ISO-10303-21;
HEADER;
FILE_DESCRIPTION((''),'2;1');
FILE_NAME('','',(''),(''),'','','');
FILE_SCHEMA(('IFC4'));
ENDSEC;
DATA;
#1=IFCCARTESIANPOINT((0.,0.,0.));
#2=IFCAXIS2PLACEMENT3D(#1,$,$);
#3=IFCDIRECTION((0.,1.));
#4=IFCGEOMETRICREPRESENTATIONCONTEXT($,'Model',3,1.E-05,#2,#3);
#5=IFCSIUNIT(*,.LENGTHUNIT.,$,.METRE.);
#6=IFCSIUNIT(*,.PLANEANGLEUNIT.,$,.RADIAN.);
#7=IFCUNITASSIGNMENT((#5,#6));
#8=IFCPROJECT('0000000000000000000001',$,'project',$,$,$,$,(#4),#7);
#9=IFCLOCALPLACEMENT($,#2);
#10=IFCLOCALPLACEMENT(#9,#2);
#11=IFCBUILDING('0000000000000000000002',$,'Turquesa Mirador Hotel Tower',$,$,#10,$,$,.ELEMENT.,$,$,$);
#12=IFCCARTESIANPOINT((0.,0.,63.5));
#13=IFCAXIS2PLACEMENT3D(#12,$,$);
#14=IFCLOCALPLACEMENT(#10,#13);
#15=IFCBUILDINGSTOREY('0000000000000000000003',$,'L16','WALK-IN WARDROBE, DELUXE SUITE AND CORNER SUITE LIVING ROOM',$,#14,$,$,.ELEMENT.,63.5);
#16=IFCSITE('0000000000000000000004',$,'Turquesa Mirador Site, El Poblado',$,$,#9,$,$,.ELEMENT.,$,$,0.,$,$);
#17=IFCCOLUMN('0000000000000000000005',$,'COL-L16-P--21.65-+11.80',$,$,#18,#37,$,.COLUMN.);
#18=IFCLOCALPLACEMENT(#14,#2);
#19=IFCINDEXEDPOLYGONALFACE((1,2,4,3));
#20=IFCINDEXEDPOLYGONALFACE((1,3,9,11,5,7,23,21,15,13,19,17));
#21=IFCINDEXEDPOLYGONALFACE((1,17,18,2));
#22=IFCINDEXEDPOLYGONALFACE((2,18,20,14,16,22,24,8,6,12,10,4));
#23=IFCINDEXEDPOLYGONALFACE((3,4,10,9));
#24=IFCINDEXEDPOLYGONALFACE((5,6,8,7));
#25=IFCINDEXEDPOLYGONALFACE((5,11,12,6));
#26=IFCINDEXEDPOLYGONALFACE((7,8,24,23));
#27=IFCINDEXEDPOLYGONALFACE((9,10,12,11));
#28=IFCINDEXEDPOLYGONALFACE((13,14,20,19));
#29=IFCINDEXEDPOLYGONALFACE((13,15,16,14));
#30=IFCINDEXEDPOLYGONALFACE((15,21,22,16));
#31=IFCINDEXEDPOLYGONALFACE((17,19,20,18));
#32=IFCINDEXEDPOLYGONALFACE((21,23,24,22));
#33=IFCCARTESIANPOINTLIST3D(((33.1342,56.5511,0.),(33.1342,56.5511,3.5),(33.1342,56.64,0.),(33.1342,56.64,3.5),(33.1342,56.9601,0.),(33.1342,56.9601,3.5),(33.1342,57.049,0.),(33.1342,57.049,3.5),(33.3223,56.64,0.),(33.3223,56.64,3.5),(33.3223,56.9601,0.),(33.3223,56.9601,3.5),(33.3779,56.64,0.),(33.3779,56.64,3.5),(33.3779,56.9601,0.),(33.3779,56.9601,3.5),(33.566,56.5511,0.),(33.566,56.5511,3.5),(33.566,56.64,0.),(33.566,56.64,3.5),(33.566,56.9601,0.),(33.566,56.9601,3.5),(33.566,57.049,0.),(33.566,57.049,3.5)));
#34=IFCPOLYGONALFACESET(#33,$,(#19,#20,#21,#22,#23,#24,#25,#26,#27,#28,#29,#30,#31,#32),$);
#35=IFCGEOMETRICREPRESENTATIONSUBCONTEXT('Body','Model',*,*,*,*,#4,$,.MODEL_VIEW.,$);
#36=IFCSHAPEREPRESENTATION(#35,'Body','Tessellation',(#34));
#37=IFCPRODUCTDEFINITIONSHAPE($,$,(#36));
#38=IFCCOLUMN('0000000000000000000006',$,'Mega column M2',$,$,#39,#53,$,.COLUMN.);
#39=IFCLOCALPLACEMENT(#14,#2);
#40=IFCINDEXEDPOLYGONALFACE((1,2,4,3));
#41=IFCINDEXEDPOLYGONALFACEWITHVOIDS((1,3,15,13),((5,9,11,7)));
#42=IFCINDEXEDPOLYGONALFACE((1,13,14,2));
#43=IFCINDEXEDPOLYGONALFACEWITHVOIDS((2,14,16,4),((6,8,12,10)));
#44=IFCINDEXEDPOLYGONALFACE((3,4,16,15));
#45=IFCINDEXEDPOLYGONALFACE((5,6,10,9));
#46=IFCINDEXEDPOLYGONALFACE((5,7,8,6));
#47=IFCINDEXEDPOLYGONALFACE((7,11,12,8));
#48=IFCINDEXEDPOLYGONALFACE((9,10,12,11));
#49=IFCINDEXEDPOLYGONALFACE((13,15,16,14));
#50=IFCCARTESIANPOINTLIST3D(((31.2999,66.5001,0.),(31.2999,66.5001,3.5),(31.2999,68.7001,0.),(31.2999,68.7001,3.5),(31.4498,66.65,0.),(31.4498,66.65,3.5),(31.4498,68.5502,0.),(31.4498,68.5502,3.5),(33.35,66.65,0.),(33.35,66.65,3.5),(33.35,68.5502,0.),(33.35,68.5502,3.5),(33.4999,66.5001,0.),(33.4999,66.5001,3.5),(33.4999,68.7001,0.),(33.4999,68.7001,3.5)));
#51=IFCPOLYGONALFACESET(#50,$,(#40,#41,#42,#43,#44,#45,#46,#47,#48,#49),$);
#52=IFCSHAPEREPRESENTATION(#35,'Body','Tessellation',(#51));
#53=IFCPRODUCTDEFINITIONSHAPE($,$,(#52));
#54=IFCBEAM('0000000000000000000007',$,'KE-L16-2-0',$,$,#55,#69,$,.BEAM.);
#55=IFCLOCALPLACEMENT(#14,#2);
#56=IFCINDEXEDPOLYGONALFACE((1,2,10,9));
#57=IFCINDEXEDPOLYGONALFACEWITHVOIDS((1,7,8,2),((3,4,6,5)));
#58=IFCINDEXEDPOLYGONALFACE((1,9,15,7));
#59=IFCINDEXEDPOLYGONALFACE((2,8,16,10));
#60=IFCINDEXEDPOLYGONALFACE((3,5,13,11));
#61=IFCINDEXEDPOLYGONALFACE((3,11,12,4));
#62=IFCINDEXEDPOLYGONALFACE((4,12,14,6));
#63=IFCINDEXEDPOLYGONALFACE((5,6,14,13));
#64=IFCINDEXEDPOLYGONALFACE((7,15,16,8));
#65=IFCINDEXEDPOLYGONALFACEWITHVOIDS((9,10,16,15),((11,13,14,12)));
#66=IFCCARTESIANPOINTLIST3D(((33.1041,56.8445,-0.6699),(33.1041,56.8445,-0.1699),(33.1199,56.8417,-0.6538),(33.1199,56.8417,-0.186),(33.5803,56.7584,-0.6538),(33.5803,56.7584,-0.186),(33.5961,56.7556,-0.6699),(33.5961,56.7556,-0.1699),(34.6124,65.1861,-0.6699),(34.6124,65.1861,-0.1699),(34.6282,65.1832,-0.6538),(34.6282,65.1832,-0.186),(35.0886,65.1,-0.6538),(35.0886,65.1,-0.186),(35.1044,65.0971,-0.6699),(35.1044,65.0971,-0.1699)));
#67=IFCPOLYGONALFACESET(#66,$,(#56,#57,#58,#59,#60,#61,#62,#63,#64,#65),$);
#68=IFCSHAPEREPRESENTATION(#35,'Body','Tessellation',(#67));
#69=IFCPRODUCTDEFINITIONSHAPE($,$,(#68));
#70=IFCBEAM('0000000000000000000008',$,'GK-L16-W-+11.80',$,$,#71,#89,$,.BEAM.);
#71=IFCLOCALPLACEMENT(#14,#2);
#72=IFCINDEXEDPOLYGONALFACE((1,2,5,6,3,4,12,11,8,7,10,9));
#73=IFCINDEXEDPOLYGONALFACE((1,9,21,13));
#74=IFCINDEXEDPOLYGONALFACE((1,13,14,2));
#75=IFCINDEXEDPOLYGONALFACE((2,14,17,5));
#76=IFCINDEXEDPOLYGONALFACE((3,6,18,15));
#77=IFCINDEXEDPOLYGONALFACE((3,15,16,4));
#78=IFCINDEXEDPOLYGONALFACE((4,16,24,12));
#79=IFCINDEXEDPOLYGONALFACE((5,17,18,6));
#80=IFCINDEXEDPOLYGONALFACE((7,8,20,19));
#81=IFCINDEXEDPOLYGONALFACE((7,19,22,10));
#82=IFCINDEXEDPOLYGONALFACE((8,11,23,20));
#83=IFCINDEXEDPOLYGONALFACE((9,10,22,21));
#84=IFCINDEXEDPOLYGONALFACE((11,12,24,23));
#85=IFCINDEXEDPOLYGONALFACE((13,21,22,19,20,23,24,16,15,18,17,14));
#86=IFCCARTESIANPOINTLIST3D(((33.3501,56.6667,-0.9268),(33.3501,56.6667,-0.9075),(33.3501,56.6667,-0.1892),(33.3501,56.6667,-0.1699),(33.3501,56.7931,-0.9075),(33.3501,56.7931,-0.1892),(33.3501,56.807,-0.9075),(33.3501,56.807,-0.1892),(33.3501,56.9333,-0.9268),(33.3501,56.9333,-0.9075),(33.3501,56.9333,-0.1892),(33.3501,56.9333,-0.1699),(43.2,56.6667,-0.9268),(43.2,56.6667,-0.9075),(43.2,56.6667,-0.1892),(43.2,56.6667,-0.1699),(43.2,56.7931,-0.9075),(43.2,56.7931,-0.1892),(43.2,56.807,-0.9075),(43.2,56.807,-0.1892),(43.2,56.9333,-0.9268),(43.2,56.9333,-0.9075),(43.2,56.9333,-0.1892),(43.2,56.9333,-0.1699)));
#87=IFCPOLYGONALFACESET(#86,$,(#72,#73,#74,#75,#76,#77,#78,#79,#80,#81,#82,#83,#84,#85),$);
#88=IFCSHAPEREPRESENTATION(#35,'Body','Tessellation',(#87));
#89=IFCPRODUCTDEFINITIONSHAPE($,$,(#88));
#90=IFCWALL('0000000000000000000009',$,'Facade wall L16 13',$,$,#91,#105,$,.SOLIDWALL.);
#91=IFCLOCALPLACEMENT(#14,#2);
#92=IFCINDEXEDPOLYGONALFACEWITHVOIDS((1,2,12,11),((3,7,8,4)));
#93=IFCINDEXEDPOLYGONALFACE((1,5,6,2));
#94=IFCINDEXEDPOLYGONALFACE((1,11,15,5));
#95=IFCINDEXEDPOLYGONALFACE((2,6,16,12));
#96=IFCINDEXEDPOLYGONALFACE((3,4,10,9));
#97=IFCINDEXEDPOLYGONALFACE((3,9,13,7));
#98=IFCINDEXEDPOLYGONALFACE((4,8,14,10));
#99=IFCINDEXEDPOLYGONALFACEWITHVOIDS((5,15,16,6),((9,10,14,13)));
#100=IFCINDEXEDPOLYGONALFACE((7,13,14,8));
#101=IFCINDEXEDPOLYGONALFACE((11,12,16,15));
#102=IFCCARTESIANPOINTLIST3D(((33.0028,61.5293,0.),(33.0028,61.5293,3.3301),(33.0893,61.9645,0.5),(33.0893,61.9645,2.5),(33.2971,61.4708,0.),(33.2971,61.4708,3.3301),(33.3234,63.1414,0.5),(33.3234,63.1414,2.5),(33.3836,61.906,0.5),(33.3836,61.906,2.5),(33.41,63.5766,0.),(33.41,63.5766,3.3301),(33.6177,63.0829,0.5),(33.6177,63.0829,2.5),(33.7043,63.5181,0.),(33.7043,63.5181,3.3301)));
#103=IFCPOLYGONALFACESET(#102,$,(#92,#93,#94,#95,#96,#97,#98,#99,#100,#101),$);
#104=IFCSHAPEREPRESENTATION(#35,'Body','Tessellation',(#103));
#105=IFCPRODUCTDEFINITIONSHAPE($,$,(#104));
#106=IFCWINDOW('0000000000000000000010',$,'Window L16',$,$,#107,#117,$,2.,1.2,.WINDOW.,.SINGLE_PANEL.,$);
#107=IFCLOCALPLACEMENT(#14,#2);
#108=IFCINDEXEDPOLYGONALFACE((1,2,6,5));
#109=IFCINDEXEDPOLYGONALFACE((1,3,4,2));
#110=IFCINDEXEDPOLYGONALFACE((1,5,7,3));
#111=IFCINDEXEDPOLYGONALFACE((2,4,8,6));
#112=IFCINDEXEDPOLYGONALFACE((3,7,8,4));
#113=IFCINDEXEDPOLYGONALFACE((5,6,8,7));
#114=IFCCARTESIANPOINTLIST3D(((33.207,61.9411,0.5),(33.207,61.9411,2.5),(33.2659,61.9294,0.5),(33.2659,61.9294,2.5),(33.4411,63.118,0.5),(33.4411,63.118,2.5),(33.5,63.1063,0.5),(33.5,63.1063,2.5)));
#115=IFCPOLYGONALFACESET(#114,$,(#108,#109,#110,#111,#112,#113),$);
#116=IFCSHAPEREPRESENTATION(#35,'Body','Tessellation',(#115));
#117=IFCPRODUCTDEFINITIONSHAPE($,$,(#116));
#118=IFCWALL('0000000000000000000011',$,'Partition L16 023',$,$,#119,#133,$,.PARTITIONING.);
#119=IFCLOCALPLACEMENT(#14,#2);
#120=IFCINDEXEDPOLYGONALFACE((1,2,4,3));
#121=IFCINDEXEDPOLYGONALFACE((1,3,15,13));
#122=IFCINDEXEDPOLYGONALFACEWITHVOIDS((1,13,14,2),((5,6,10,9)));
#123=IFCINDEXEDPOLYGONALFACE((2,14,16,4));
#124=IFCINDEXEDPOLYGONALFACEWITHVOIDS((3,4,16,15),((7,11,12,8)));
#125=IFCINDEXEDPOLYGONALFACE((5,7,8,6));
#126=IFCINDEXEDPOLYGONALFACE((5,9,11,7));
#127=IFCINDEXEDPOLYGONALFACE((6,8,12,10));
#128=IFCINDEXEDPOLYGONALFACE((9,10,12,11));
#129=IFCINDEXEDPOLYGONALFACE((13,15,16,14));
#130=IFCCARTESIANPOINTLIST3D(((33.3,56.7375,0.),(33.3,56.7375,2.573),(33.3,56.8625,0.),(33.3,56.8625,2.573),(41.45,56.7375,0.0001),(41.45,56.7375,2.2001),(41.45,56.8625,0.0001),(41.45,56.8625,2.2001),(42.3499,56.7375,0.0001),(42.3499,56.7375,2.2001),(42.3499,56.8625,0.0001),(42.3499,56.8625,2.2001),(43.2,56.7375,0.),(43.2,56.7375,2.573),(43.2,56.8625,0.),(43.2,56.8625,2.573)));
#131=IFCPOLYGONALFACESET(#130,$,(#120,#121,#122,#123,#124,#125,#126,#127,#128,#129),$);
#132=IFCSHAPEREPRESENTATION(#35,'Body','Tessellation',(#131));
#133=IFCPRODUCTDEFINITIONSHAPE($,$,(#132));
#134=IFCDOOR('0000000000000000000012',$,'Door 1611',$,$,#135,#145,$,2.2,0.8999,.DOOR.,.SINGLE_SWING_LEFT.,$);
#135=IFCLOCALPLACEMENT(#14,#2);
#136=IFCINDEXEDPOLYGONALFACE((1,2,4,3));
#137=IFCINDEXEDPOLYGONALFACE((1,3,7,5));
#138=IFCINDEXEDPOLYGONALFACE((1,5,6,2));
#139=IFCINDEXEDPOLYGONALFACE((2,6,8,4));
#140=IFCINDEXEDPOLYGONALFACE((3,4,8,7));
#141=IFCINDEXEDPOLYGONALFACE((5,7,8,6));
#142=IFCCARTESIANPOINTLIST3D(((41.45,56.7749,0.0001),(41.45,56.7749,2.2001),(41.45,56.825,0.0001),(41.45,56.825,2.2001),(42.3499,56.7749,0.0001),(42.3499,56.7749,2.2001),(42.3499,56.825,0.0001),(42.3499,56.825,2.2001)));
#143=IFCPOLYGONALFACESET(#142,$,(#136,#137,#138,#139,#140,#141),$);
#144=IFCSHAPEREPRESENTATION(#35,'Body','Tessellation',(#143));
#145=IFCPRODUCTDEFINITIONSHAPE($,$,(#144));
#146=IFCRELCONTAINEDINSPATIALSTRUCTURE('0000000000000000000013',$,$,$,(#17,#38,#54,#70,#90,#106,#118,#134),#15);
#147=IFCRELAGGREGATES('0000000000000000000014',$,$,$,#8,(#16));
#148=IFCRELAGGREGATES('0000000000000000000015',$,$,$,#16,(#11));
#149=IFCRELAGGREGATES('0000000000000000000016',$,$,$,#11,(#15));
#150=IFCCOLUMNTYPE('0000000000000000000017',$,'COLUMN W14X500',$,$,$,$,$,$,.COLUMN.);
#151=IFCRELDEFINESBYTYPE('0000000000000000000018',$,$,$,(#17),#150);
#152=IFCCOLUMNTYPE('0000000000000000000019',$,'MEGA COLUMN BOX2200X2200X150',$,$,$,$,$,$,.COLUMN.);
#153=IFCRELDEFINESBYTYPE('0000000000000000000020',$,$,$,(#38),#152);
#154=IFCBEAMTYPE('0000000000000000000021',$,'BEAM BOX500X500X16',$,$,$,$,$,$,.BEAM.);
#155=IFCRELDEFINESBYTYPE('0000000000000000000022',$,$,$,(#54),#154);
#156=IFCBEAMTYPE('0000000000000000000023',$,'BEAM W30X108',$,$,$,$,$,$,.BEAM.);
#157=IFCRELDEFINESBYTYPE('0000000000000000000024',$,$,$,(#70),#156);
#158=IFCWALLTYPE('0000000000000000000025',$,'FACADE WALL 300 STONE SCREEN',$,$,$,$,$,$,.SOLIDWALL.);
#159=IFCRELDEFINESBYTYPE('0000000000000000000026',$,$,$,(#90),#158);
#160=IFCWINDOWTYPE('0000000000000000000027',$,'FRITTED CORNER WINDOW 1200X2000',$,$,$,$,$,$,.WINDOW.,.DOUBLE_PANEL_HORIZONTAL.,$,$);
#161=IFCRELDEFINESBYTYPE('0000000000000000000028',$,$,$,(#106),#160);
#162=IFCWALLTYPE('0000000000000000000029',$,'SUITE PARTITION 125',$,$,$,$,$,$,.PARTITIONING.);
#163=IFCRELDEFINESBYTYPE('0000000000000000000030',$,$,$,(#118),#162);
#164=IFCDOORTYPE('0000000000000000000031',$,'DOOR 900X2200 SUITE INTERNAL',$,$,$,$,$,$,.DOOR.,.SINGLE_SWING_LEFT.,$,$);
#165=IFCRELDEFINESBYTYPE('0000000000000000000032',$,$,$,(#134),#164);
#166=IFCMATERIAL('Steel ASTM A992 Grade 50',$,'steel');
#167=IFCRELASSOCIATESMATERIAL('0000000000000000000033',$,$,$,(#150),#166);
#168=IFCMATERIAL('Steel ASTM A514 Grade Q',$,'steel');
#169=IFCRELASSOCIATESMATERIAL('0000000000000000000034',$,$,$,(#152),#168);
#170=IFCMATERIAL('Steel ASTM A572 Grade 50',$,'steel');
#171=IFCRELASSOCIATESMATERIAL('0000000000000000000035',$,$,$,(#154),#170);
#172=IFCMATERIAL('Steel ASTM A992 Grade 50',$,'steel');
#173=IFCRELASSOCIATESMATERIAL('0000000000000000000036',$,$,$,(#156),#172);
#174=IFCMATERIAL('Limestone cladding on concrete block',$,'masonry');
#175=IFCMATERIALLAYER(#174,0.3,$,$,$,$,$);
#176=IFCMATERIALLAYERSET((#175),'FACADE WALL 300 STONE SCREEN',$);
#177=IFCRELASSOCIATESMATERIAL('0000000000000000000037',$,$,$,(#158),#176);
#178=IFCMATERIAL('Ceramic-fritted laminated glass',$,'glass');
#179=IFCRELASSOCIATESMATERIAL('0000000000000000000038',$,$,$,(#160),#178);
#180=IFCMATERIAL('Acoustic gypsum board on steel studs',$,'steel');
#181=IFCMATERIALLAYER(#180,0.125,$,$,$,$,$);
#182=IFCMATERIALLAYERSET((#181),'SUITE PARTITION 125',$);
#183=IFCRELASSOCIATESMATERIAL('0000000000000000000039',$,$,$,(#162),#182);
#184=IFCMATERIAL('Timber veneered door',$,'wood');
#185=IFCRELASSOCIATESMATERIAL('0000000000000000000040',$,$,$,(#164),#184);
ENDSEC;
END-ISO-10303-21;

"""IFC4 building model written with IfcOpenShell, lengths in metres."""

from ifc_helpers import new_model, si_unit, direction, frame, frame_2d, origin, origin_2d, place, context, subcontext, project, spatial, rectangle, hollow_rectangle, i_section, extrude, material, layer, layer_set, material_profile, profile_set, type_object, element, fill, save


model = new_model("IFC4")

# Units and contexts
model_context = context("Model", 3, precision=1e-05, world=origin(), true_north=direction((0.0, 1.0)))
body_context = subcontext(model_context, "Body", "Model", "MODEL_VIEW")
ifc_project = project(units=[si_unit("LENGTHUNIT", "METRE"), si_unit("PLANEANGLEUNIT", "RADIAN")], contexts=[model_context])

# Site, building, storey
site_placement = place(None, origin())
site = spatial("IfcSite", under=ifc_project, at=site_placement, Name="Turquesa Mirador Site, El Poblado", CompositionType="ELEMENT", RefElevation=0.0)
building_placement = place(site_placement, origin())
building = spatial("IfcBuilding", under=site, at=building_placement, Name="Turquesa Mirador Hotel Tower", CompositionType="ELEMENT")
storey_placement = place(building_placement, frame((0.0, 0.0, 63.5)))
storey = spatial("IfcBuildingStorey", under=building, at=storey_placement, Name="L16", Description="WALK-IN WARDROBE, DELUXE SUITE AND CORNER SUITE LIVING ROOM", CompositionType="ELEMENT", Elevation=63.5)

# Columns
ifc_material_1 = material(Name="Steel ASTM A992 Grade 50", Category="steel")
ifc_material_profile_1 = material_profile(ifc_material_1, i_section(OverallWidth=0.4319, OverallDepth=0.4978, WebThickness=0.0557, FlangeThickness=0.0889, at=origin_2d()), Name="W14X500")
ifc_profile_set_1 = profile_set([ifc_material_profile_1], Name="Steel ASTM A992 Grade 50")
column_type_1 = type_object("IfcColumnType", Name="COLUMN W14X500", PredefinedType="COLUMN", material=ifc_profile_set_1)
column_1_placement = place(storey_placement, frame((33.3501, 56.8, 0.0), z_axis=(0.0, 0.0, 1.0), x_axis=(1.0, 0.0, 0.0)))
element("IfcColumn", 1, at=column_1_placement, inside=storey, type_object=column_type_1, Name="COL-L16-P--21.65-+11.80", PredefinedType="COLUMN", context=body_context, shape_type="SweptSolid", body=[
    extrude(i_section(OverallWidth=0.4319, OverallDepth=0.4978, WebThickness=0.0557, FlangeThickness=0.0889, at=origin_2d()), origin(), (0.0, 0.0, 1.0), 3.5),
])
ifc_material_2 = material(Name="Steel ASTM A514 Grade Q", Category="steel")
ifc_material_profile_2 = material_profile(ifc_material_2, hollow_rectangle(XDim=2.2, YDim=2.2, WallThickness=0.1499, at=origin_2d()), Name="BOX2200X2200X150")
ifc_profile_set_2 = profile_set([ifc_material_profile_2], Name="Steel ASTM A514 Grade Q")
column_type_2 = type_object("IfcColumnType", Name="MEGA COLUMN BOX2200X2200X150", PredefinedType="COLUMN", material=ifc_profile_set_2)
column_2_placement = place(storey_placement, frame((32.3999, 67.6001, 0.0), z_axis=(0.0, 0.0, 1.0), x_axis=(1.0, 0.0, 0.0)))
element("IfcColumn", 2, at=column_2_placement, inside=storey, type_object=column_type_2, Name="Mega column M2", PredefinedType="COLUMN", context=body_context, shape_type="SweptSolid", body=[
    extrude(hollow_rectangle(XDim=2.2, YDim=2.2, WallThickness=0.1499, at=origin_2d()), origin(), (0.0, 0.0, 1.0), 3.5),
])

# Beams
ifc_material_3 = material(Name="Steel ASTM A572 Grade 50", Category="steel")
ifc_material_profile_3 = material_profile(ifc_material_3, hollow_rectangle(XDim=0.5, YDim=0.5, WallThickness=0.0161, at=origin_2d()), Name="BOX500X500X16")
ifc_profile_set_3 = profile_set([ifc_material_profile_3], Name="Steel ASTM A572 Grade 50")
beam_type_1 = type_object("IfcBeamType", Name="BEAM BOX500X500X16", PredefinedType="BEAM", material=ifc_profile_set_3)
beam_1_placement = place(storey_placement, frame((33.3501, 56.8, -0.4199), z_axis=(0.177932, 0.984043, 0.0), x_axis=(-0.984043, 0.177932, 0.0)))
element("IfcBeam", 3, at=beam_1_placement, inside=storey, type_object=beam_type_1, Name="KE-L16-2-0", PredefinedType="BEAM", context=body_context, shape_type="SweptSolid", body=[
    extrude(hollow_rectangle(XDim=0.5, YDim=0.5, WallThickness=0.0161, at=origin_2d()), origin(), (0.0, 0.0, 1.0), 8.4768),
])
ifc_material_4 = material(Name="Steel ASTM A992 Grade 50", Category="steel")
ifc_material_profile_4 = material_profile(ifc_material_4, i_section(OverallWidth=0.2666, OverallDepth=0.7568, WebThickness=0.0139, FlangeThickness=0.0193, at=origin_2d()), Name="W30X108")
ifc_profile_set_4 = profile_set([ifc_material_profile_4], Name="Steel ASTM A992 Grade 50")
beam_type_2 = type_object("IfcBeamType", Name="BEAM W30X108", PredefinedType="BEAM", material=ifc_profile_set_4)
beam_2_placement = place(storey_placement, frame((33.3501, 56.8, -0.5483), z_axis=(1.0, 0.0, 0.0), x_axis=(0.0, 1.0, 0.0)))
element("IfcBeam", 4, at=beam_2_placement, inside=storey, type_object=beam_type_2, Name="GK-L16-W-+11.80", PredefinedType="BEAM", context=body_context, shape_type="SweptSolid", body=[
    extrude(i_section(OverallWidth=0.2666, OverallDepth=0.7568, WebThickness=0.0139, FlangeThickness=0.0193, at=origin_2d()), origin(), (0.0, 0.0, 1.0), 9.8499),
])

# Wall, opening, window
ifc_material_5 = material(Name="Limestone cladding on concrete block", Category="masonry")
ifc_layer_1 = layer(ifc_material_5, 0.3)
ifc_layer_set_1 = layer_set([ifc_layer_1], Name="FACADE WALL 300 STONE SCREEN")
wall_type_1 = type_object("IfcWallType", Name="FACADE WALL 300 STONE SCREEN", PredefinedType="SOLIDWALL", material=ifc_layer_set_1)
wall_1_placement = place(storey_placement, frame((33.5571, 63.5474, 0.0), z_axis=(0.0, 0.0, 1.0), x_axis=(-0.195081, -0.980787, 0.0)))
wall_1 = element("IfcWall", 5, at=wall_1_placement, inside=storey, type_object=wall_type_1, Name="Facade wall L16 13", PredefinedType="SOLIDWALL", context=body_context, shape_type="SweptSolid", body=[
    extrude(rectangle(XDim=2.0874, YDim=0.3, at=frame_2d((1.0437, 0.0))), origin(), (0.0, 0.0, 1.0), 3.3301),
])
opening_1_placement = place(wall_1_placement, frame((0.4436, 0.0, 0.5)))
opening_1 = element("IfcOpeningElement", 6, at=opening_1_placement, cuts=wall_1, PredefinedType="OPENING", context=body_context, shape_type="SweptSolid", body=[
    extrude(rectangle(XDim=1.2, YDim=2.0, at=frame_2d((0.6001, 1.0))), frame((0.0, 0.1599, 0.0), z_axis=(0.0, -1.0, 0.0), x_axis=(1.0, 0.0, 0.0)), (0.0, 0.0, 1.0), 0.3201),
])
ifc_material_6 = material(Name="Ceramic-fritted laminated glass", Category="glass")
window_type_1 = type_object("IfcWindowType", Name="FRITTED CORNER WINDOW 1200X2000", PartitioningType="DOUBLE_PANEL_HORIZONTAL", PredefinedType="WINDOW", material=ifc_material_6)
window_1_placement = place(opening_1_placement, origin())
window_1 = element("IfcWindow", 7, at=window_1_placement, inside=storey, type_object=window_type_1, Name="Window L16", OverallHeight=2.0, OverallWidth=1.2, PartitioningType="SINGLE_PANEL", PredefinedType="WINDOW", context=body_context, shape_type="SweptSolid", body=[
    extrude(rectangle(XDim=1.2, YDim=2.0, at=frame_2d((0.6001, 1.0))), frame((0.0, 0.03, 0.0), z_axis=(0.0, -1.0, 0.0), x_axis=(1.0, 0.0, 0.0)), (0.0, 0.0, 1.0), 0.0601),
])
fill(opening_1, window_1)

# Wall, opening, door
ifc_material_7 = material(Name="Acoustic gypsum board on steel studs", Category="steel")
ifc_layer_2 = layer(ifc_material_7, 0.125)
ifc_layer_set_2 = layer_set([ifc_layer_2], Name="SUITE PARTITION 125")
wall_type_2 = type_object("IfcWallType", Name="SUITE PARTITION 125", PredefinedType="PARTITIONING", material=ifc_layer_set_2)
wall_2_placement = place(storey_placement, frame((33.3, 56.8, 0.0), z_axis=(0.0, 0.0, 1.0), x_axis=(1.0, 0.0, 0.0)))
wall_2 = element("IfcWall", 8, at=wall_2_placement, inside=storey, type_object=wall_type_2, Name="Partition L16 023", PredefinedType="PARTITIONING", context=body_context, shape_type="SweptSolid", body=[
    extrude(rectangle(XDim=9.8999, YDim=0.125, at=frame_2d((4.95, 0.0))), origin(), (0.0, 0.0, 1.0), 2.573),
])
opening_2_placement = place(wall_2_placement, frame((8.1499, 0.0, 0.0)))
opening_2 = element("IfcOpeningElement", 9, at=opening_2_placement, cuts=wall_2, PredefinedType="OPENING", context=body_context, shape_type="SweptSolid", body=[
    extrude(rectangle(XDim=0.8999, YDim=2.2, at=frame_2d((0.45, 1.1001))), frame((0.0, 0.0725, 0.0), z_axis=(0.0, -1.0, 0.0), x_axis=(1.0, 0.0, 0.0)), (0.0, 0.0, 1.0), 0.145),
])
ifc_material_8 = material(Name="Timber veneered door", Category="wood")
door_type = type_object("IfcDoorType", Name="DOOR 900X2200 SUITE INTERNAL", OperationType="SINGLE_SWING_LEFT", PredefinedType="DOOR", material=ifc_material_8)
door_1_placement = place(opening_2_placement, origin())
door_1 = element("IfcDoor", 10, at=door_1_placement, inside=storey, type_object=door_type, Name="Door 1611", OperationType="SINGLE_SWING_LEFT", OverallHeight=2.2, OverallWidth=0.8999, PredefinedType="DOOR", context=body_context, shape_type="SweptSolid", body=[
    extrude(rectangle(XDim=0.8999, YDim=2.2, at=frame_2d((0.45, 1.1001))), frame((0.0, 0.0249, 0.0), z_axis=(0.0, -1.0, 0.0), x_axis=(1.0, 0.0, 0.0)), (0.0, 0.0, 1.0), 0.05),
])
fill(opening_2, door_1)

save(model, "model.ifc")
